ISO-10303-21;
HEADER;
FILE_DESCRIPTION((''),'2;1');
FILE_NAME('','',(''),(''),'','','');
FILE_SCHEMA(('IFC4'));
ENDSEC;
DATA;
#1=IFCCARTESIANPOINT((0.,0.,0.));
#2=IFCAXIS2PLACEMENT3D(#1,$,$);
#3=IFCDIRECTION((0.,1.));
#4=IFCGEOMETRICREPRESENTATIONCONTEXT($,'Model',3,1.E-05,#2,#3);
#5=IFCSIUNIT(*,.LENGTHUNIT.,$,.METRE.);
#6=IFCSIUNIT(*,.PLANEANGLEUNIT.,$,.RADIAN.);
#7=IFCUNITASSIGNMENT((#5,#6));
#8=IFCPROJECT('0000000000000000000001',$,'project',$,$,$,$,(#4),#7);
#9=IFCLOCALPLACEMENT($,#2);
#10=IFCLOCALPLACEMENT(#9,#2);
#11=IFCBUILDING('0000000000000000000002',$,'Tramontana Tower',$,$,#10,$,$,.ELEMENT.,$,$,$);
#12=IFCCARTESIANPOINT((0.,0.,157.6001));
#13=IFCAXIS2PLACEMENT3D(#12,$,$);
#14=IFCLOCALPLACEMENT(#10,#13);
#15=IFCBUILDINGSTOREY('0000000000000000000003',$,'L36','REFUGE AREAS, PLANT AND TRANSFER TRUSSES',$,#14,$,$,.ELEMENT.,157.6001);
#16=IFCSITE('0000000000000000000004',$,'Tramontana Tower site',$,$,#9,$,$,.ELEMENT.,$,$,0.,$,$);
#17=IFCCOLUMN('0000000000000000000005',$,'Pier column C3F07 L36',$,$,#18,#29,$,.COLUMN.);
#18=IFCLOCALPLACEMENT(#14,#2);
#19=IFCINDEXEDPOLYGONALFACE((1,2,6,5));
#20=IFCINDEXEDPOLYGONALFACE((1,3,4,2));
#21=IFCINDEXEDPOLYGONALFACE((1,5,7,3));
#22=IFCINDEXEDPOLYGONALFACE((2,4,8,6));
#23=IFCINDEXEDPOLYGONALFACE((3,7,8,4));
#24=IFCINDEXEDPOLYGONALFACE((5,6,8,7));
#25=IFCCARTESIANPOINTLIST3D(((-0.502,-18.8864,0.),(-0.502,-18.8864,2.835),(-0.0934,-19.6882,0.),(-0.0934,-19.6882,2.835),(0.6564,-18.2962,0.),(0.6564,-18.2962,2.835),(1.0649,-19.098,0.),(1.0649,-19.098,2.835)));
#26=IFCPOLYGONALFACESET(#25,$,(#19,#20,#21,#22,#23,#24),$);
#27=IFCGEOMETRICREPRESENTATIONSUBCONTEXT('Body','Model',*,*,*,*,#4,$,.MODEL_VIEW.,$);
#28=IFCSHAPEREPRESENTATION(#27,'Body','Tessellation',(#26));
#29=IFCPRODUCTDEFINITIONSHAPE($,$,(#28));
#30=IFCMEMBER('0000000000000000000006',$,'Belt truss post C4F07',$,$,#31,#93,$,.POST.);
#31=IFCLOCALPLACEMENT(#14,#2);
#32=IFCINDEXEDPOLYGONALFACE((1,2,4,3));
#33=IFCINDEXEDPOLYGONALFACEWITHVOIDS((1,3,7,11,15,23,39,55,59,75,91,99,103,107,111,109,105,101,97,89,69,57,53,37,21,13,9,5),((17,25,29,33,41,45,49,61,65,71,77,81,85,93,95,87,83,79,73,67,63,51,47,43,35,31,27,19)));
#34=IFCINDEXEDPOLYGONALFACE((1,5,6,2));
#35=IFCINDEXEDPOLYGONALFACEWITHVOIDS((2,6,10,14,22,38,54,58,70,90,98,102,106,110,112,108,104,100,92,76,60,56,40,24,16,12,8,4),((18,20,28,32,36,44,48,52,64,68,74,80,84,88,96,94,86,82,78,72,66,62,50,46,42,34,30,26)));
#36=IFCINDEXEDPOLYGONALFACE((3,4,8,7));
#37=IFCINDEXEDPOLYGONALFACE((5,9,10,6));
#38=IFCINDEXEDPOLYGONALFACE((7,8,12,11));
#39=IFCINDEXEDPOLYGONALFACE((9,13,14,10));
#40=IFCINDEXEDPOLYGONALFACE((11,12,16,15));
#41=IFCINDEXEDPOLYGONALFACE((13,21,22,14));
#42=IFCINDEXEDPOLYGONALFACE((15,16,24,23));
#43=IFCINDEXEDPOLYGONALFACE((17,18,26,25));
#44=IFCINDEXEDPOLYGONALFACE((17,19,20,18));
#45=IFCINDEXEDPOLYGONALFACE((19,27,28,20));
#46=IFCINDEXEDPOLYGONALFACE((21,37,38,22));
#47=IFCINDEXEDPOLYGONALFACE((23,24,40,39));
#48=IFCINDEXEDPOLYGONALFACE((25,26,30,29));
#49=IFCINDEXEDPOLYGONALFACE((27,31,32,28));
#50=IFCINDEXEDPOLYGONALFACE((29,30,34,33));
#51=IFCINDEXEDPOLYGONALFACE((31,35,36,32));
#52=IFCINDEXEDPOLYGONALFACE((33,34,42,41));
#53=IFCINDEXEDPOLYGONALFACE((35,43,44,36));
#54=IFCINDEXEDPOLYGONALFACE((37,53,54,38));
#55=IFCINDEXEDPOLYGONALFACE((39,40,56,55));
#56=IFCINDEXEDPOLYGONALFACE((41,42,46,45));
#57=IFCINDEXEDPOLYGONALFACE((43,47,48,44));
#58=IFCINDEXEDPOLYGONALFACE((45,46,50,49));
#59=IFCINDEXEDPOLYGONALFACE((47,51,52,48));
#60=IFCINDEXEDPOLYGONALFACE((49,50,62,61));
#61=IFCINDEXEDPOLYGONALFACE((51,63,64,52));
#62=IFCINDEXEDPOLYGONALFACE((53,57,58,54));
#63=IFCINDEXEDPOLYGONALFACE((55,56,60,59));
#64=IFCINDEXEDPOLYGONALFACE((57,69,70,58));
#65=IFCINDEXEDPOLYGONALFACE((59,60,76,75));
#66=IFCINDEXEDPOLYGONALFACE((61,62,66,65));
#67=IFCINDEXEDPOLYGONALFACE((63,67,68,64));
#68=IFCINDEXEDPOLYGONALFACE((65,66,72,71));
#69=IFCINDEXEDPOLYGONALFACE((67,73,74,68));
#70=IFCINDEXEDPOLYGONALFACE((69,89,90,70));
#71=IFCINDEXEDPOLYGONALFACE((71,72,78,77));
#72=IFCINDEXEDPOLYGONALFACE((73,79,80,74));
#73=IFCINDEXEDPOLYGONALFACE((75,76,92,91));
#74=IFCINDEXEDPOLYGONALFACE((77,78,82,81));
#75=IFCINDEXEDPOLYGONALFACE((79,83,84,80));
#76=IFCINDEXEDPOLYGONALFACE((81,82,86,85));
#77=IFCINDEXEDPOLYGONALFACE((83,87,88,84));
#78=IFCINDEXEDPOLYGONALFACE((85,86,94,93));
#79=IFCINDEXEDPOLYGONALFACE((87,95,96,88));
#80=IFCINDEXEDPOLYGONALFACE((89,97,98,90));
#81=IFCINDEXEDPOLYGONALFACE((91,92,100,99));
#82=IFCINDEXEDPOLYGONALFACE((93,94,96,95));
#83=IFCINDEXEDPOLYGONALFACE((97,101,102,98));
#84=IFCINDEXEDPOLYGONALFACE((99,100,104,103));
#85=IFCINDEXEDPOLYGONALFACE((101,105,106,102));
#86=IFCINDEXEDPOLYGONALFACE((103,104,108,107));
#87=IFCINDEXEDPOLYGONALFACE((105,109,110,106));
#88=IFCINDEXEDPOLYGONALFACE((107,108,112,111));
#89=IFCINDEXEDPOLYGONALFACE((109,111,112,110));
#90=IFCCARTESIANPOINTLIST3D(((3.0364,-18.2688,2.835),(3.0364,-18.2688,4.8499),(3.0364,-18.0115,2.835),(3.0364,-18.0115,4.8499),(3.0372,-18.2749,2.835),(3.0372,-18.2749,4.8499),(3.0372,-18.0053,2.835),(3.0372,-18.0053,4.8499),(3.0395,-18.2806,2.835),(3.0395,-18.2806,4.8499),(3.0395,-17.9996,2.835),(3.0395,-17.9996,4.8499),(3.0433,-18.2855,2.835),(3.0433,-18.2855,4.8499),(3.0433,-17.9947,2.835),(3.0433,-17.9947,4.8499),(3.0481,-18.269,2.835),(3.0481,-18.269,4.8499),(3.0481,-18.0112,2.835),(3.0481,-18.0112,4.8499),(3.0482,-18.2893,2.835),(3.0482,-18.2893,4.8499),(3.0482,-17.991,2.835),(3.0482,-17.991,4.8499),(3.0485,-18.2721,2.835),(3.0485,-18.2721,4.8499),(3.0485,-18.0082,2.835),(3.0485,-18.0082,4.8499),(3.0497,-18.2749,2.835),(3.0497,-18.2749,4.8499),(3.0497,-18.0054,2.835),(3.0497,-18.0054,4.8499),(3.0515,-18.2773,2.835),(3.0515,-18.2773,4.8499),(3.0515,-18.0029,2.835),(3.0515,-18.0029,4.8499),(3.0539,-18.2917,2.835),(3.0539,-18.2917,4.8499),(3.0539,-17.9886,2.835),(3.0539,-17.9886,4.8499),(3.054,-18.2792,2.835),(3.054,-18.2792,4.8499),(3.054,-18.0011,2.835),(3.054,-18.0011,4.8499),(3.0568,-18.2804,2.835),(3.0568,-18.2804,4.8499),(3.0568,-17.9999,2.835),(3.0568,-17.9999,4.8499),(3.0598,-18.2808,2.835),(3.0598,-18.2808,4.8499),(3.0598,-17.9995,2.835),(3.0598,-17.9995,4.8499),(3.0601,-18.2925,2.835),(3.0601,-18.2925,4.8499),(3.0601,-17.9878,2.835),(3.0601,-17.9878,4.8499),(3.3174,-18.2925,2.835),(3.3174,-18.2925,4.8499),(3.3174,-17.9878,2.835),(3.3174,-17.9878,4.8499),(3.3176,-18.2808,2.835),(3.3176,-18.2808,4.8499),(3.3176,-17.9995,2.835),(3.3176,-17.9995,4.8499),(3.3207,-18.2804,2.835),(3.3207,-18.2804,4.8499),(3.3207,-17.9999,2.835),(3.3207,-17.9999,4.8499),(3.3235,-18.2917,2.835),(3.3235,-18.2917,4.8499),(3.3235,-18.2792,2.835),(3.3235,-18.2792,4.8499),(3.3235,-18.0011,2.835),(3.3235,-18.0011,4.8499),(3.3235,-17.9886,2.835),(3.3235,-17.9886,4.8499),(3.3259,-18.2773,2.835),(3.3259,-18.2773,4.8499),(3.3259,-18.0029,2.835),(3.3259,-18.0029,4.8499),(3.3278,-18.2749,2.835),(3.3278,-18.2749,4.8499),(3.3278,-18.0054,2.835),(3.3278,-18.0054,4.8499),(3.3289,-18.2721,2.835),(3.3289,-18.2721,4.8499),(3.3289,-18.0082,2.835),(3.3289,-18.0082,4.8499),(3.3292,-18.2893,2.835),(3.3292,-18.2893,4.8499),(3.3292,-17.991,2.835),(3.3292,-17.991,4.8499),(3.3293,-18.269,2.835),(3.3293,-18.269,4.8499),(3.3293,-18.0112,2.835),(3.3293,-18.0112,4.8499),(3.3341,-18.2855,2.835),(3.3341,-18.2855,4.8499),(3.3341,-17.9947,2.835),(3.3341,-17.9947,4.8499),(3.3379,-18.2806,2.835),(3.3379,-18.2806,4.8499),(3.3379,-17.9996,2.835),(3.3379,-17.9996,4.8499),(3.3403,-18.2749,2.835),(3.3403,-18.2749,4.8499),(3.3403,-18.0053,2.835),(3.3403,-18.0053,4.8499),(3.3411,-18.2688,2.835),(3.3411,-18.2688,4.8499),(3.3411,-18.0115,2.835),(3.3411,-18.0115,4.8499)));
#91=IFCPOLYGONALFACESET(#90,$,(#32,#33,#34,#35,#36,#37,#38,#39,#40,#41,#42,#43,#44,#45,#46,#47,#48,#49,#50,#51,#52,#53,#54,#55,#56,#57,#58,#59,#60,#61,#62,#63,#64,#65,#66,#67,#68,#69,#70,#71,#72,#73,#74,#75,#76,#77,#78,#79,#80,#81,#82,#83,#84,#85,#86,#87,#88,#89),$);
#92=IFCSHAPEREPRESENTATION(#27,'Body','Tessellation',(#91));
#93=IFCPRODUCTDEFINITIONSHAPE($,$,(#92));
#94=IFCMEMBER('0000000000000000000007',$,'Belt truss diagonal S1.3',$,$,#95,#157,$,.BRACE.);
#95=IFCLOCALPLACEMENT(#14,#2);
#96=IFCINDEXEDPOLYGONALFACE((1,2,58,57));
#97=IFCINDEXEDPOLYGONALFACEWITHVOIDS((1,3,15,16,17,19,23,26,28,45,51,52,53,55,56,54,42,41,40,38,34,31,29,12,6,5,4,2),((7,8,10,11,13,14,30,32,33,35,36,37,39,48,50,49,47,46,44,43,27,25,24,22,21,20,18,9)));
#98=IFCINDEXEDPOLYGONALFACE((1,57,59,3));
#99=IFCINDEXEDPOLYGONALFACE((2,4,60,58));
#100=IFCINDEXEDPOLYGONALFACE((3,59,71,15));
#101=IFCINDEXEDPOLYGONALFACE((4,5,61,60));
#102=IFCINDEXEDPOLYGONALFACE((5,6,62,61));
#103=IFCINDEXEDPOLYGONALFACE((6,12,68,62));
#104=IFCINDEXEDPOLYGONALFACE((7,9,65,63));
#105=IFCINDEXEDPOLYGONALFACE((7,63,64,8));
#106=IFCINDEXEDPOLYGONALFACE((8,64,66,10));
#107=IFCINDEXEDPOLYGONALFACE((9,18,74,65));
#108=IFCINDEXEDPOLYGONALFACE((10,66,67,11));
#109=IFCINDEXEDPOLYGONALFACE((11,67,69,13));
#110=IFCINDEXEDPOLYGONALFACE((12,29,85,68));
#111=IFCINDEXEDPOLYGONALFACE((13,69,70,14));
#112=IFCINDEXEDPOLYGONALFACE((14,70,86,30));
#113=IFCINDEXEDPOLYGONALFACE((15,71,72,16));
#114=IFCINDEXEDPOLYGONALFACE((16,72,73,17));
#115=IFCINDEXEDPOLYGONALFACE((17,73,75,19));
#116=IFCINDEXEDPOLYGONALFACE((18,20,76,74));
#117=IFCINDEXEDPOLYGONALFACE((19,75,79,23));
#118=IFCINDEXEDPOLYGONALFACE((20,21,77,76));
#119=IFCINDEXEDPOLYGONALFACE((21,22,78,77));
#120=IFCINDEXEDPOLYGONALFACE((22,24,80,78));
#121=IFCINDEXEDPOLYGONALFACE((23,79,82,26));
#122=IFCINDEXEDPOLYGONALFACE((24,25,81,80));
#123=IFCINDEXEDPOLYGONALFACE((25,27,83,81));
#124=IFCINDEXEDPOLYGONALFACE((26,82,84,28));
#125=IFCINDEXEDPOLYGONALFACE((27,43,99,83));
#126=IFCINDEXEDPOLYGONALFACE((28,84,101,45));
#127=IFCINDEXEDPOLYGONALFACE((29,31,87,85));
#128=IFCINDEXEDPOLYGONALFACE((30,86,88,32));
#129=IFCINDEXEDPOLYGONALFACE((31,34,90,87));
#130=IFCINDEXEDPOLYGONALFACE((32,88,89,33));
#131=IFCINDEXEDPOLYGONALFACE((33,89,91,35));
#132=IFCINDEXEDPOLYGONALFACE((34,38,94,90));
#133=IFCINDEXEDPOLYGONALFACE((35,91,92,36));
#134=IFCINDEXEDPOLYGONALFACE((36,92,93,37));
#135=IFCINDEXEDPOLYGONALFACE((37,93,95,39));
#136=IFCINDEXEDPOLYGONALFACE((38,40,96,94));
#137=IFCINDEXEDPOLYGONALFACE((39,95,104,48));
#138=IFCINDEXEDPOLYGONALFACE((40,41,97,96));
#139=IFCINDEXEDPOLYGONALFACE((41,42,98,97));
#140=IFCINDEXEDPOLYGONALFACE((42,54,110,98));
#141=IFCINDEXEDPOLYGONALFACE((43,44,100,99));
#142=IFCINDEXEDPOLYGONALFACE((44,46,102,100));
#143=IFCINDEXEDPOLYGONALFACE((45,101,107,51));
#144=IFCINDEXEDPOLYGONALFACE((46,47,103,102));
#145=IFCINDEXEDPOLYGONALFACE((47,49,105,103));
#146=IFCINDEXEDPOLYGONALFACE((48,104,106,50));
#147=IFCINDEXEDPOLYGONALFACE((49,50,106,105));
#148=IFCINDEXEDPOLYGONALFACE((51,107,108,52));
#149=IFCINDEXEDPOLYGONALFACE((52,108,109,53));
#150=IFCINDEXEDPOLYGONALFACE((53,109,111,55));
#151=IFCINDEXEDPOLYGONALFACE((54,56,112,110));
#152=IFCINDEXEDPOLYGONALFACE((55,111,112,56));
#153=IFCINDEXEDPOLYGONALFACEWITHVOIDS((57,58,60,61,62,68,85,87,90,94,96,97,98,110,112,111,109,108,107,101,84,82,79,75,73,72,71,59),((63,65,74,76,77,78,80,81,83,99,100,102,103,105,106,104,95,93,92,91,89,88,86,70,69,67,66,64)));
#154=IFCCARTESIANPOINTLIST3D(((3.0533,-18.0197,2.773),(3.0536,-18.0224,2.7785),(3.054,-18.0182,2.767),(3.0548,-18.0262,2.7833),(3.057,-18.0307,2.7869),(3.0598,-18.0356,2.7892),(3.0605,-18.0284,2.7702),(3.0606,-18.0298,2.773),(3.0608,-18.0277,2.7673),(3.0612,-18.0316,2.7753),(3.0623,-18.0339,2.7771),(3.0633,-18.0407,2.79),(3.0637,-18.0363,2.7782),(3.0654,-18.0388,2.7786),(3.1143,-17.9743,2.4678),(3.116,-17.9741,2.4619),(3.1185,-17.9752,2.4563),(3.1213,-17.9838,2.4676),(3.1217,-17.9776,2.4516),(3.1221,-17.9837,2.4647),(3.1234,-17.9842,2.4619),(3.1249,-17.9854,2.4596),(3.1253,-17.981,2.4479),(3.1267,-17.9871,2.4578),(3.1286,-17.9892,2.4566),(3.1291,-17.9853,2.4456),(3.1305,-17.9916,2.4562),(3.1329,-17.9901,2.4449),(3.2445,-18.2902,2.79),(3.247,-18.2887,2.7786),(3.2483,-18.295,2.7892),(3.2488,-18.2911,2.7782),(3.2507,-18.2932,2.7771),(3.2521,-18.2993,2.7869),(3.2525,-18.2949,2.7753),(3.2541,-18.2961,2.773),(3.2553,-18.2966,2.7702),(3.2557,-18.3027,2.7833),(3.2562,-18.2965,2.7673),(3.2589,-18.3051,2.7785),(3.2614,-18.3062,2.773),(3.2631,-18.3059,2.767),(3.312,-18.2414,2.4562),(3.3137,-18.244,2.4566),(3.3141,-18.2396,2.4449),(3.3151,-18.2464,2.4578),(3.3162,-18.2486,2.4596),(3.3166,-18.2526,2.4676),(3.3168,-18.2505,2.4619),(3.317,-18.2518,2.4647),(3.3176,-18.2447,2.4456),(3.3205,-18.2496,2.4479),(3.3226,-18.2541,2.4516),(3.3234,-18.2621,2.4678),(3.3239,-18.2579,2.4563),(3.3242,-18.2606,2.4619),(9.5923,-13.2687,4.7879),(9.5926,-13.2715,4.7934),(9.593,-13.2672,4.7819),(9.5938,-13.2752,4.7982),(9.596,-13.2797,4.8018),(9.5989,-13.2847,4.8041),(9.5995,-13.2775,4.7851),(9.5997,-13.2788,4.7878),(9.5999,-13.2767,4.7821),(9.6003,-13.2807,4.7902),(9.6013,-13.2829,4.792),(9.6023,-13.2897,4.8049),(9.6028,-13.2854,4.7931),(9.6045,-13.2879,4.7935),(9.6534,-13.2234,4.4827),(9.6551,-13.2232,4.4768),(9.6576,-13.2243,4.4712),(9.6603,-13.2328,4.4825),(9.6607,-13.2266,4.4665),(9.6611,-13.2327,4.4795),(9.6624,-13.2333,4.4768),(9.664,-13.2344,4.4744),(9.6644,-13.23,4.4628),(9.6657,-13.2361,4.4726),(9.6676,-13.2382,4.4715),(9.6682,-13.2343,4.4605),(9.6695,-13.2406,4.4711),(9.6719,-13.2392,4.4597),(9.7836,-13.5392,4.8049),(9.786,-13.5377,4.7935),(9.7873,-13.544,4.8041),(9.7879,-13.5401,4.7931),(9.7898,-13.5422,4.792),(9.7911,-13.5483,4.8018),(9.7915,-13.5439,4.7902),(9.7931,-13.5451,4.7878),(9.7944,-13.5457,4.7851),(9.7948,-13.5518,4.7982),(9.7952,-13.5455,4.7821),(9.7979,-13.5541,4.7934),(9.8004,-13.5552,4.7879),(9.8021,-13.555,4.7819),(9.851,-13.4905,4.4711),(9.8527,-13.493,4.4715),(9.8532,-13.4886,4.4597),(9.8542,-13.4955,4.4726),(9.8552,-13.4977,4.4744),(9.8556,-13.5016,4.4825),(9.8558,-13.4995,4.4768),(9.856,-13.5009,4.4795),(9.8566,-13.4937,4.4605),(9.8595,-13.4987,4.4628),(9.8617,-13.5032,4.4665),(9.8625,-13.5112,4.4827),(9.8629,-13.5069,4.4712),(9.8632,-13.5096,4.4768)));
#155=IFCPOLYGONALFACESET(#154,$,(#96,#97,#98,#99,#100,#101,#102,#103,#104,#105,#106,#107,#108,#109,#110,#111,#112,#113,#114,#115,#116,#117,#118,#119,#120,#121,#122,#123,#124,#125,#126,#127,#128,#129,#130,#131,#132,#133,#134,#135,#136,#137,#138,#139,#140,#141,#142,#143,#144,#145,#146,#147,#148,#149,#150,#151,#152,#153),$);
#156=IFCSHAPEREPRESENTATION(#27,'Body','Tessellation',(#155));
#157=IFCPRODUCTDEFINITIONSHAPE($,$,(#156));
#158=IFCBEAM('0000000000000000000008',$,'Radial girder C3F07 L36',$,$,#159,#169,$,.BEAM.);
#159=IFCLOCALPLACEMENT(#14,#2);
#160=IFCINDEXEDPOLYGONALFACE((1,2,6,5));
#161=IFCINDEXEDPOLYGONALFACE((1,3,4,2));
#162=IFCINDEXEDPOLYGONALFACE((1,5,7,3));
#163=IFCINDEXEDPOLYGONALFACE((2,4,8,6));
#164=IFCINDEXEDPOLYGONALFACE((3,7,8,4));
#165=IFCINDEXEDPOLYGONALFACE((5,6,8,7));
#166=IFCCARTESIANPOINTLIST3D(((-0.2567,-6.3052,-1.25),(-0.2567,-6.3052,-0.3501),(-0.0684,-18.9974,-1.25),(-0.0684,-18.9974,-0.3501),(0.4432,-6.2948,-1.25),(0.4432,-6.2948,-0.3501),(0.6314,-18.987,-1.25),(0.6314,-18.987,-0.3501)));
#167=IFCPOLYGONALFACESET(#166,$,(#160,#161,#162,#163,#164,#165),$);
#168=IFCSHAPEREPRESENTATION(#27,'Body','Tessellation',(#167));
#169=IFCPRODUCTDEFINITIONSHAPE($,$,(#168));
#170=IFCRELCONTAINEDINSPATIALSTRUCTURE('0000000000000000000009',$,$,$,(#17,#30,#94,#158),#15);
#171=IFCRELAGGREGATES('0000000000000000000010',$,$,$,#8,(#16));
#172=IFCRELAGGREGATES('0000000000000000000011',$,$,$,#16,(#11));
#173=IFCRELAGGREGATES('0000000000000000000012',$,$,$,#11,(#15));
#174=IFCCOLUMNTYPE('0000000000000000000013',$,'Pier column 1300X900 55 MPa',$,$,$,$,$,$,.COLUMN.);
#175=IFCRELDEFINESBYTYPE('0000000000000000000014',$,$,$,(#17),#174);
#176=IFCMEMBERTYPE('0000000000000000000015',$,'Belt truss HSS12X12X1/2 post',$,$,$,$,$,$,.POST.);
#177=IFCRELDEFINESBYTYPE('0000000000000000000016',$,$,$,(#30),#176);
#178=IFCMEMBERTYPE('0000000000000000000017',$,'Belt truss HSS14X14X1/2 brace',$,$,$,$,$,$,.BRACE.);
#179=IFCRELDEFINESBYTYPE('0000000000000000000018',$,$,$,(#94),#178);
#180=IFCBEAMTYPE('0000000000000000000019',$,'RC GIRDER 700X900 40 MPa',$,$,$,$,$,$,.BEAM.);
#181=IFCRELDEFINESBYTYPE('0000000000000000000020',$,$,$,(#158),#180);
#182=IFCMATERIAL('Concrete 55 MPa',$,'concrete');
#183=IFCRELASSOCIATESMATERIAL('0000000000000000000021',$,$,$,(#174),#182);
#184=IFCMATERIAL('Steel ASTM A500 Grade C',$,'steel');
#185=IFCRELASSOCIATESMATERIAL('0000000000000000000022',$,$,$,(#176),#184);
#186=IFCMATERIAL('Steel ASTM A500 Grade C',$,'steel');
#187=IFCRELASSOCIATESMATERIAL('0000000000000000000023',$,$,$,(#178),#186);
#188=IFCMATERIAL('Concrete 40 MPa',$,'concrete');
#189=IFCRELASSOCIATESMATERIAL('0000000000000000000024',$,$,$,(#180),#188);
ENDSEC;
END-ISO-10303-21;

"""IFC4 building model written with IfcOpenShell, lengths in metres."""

from ifc_helpers import new_model, si_unit, direction, frame, origin, origin_2d, place, context, subcontext, project, spatial, rectangle, hollow_rectangle, extrude, material, material_profile, profile_set, type_object, element, save


model = new_model("IFC4")

# Units and contexts
model_context = context("Model", 3, precision=1e-05, world=origin(), true_north=direction((0.0, 1.0)))
body_context = subcontext(model_context, "Body", "Model", "MODEL_VIEW")
ifc_project = project(units=[si_unit("LENGTHUNIT", "METRE"), si_unit("PLANEANGLEUNIT", "RADIAN")], contexts=[model_context])

# Site, building, storey
site_placement = place(None, origin())
site = spatial("IfcSite", under=ifc_project, at=site_placement, Name="Tramontana Tower site", CompositionType="ELEMENT", RefElevation=0.0)
building_placement = place(site_placement, origin())
building = spatial("IfcBuilding", under=site, at=building_placement, Name="Tramontana Tower", CompositionType="ELEMENT")
storey_placement = place(building_placement, frame((0.0, 0.0, 157.6001)))
storey = spatial("IfcBuildingStorey", under=building, at=storey_placement, Name="L36", Description="REFUGE AREAS, PLANT AND TRANSFER TRUSSES", CompositionType="ELEMENT", Elevation=157.6001)

# Column
ifc_material_1 = material(Name="Concrete 55 MPa", Category="concrete")
ifc_material_profile_1 = material_profile(ifc_material_1, rectangle(XDim=1.3, YDim=0.8999, at=origin_2d()), Name="Pier column 1300X900 55 MPa")
ifc_profile_set_1 = profile_set([ifc_material_profile_1], Name="Concrete 55 MPa")
column_type = type_object("IfcColumnType", Name="Pier column 1300X900 55 MPa", PredefinedType="COLUMN", material=ifc_profile_set_1)
column_placement = place(storey_placement, frame((0.2815, -18.9922, 0.0), z_axis=(0.0, 0.0, 1.0), x_axis=(0.891007, 0.45399, 0.0)))
element("IfcColumn", 1, at=column_placement, inside=storey, type_object=column_type, Name="Pier column C3F07 L36", PredefinedType="COLUMN", context=body_context, shape_type="SweptSolid", body=[
    extrude(rectangle(XDim=1.3, YDim=0.8999, at=origin_2d()), origin(), (0.0, 0.0, 1.0), 2.835),
])

# Members
ifc_material_2 = material(Name="Steel ASTM A500 Grade C", Category="steel")
ifc_material_profile_2 = material_profile(ifc_material_2, hollow_rectangle(XDim=0.3047, YDim=0.3047, WallThickness=0.0117, InnerFilletRadius=0.0117, OuterFilletRadius=0.0237, at=origin_2d()), Name="HSS12X12X1/2")
ifc_profile_set_2 = profile_set([ifc_material_profile_2], Name="Steel ASTM A500 Grade C")
member_type_1 = type_object("IfcMemberType", Name="Belt truss HSS12X12X1/2 post", PredefinedType="POST", material=ifc_profile_set_2)
member_1_placement = place(storey_placement, frame((3.1887, -18.1401, 2.835), z_axis=(0.0, 0.0, 1.0), x_axis=(1.0, 0.0, 0.0)))
element("IfcMember", 2, at=member_1_placement, inside=storey, type_object=member_type_1, Name="Belt truss post C4F07", PredefinedType="POST", context=body_context, shape_type="SweptSolid", body=[
    extrude(hollow_rectangle(XDim=0.3047, YDim=0.3047, WallThickness=0.0117, InnerFilletRadius=0.0117, OuterFilletRadius=0.0237, at=origin_2d()), origin(), (0.0, 0.0, 1.0), 2.0149),
])
ifc_material_3 = material(Name="Steel ASTM A500 Grade C", Category="steel")
ifc_material_profile_3 = material_profile(ifc_material_3, hollow_rectangle(XDim=0.3557, YDim=0.3557, WallThickness=0.0117, InnerFilletRadius=0.0117, OuterFilletRadius=0.0237, at=origin_2d()), Name="HSS14X14X1/2")
ifc_profile_set_3 = profile_set([ifc_material_profile_3], Name="Steel ASTM A500 Grade C")
member_type_2 = type_object("IfcMemberType", Name="Belt truss HSS14X14X1/2 brace", PredefinedType="BRACE", material=ifc_profile_set_3)
member_2_placement = place(storey_placement, frame((3.1887, -18.1401, 2.6174), z_axis=(0.78499, 0.570337, 0.24188), x_axis=(-0.587791, 0.809013, 0.0)))
element("IfcMember", 3, at=member_2_placement, inside=storey, type_object=member_type_2, Name="Belt truss diagonal S1.3", PredefinedType="BRACE", context=body_context, shape_type="SweptSolid", body=[
    extrude(hollow_rectangle(XDim=0.3557, YDim=0.3557, WallThickness=0.0117, InnerFilletRadius=0.0117, OuterFilletRadius=0.0237, at=origin_2d()), origin(), (0.0, 0.0, 1.0), 8.3301),
])

# Beam
ifc_material_4 = material(Name="Concrete 40 MPa", Category="concrete")
ifc_material_profile_4 = material_profile(ifc_material_4, rectangle(XDim=0.7, YDim=0.8999, at=origin_2d()), Name="RC GIRDER 700X900 40 MPa")
ifc_profile_set_4 = profile_set([ifc_material_profile_4], Name="Concrete 40 MPa")
beam_type = type_object("IfcBeamType", Name="RC GIRDER 700X900 40 MPa", PredefinedType="BEAM", material=ifc_profile_set_4)
beam_placement = place(storey_placement, frame((0.2815, -18.9922, -0.8), z_axis=(-0.014829, 0.99989, 0.0), x_axis=(-0.99989, -0.014829, 0.0)))
element("IfcBeam", 4, at=beam_placement, inside=storey, type_object=beam_type, Name="Radial girder C3F07 L36", PredefinedType="BEAM", context=body_context, shape_type="SweptSolid", body=[
    extrude(rectangle(XDim=0.7, YDim=0.8999, at=origin_2d()), origin(), (0.0, 0.0, 1.0), 12.6936),
])

save(model, "model.ifc")
